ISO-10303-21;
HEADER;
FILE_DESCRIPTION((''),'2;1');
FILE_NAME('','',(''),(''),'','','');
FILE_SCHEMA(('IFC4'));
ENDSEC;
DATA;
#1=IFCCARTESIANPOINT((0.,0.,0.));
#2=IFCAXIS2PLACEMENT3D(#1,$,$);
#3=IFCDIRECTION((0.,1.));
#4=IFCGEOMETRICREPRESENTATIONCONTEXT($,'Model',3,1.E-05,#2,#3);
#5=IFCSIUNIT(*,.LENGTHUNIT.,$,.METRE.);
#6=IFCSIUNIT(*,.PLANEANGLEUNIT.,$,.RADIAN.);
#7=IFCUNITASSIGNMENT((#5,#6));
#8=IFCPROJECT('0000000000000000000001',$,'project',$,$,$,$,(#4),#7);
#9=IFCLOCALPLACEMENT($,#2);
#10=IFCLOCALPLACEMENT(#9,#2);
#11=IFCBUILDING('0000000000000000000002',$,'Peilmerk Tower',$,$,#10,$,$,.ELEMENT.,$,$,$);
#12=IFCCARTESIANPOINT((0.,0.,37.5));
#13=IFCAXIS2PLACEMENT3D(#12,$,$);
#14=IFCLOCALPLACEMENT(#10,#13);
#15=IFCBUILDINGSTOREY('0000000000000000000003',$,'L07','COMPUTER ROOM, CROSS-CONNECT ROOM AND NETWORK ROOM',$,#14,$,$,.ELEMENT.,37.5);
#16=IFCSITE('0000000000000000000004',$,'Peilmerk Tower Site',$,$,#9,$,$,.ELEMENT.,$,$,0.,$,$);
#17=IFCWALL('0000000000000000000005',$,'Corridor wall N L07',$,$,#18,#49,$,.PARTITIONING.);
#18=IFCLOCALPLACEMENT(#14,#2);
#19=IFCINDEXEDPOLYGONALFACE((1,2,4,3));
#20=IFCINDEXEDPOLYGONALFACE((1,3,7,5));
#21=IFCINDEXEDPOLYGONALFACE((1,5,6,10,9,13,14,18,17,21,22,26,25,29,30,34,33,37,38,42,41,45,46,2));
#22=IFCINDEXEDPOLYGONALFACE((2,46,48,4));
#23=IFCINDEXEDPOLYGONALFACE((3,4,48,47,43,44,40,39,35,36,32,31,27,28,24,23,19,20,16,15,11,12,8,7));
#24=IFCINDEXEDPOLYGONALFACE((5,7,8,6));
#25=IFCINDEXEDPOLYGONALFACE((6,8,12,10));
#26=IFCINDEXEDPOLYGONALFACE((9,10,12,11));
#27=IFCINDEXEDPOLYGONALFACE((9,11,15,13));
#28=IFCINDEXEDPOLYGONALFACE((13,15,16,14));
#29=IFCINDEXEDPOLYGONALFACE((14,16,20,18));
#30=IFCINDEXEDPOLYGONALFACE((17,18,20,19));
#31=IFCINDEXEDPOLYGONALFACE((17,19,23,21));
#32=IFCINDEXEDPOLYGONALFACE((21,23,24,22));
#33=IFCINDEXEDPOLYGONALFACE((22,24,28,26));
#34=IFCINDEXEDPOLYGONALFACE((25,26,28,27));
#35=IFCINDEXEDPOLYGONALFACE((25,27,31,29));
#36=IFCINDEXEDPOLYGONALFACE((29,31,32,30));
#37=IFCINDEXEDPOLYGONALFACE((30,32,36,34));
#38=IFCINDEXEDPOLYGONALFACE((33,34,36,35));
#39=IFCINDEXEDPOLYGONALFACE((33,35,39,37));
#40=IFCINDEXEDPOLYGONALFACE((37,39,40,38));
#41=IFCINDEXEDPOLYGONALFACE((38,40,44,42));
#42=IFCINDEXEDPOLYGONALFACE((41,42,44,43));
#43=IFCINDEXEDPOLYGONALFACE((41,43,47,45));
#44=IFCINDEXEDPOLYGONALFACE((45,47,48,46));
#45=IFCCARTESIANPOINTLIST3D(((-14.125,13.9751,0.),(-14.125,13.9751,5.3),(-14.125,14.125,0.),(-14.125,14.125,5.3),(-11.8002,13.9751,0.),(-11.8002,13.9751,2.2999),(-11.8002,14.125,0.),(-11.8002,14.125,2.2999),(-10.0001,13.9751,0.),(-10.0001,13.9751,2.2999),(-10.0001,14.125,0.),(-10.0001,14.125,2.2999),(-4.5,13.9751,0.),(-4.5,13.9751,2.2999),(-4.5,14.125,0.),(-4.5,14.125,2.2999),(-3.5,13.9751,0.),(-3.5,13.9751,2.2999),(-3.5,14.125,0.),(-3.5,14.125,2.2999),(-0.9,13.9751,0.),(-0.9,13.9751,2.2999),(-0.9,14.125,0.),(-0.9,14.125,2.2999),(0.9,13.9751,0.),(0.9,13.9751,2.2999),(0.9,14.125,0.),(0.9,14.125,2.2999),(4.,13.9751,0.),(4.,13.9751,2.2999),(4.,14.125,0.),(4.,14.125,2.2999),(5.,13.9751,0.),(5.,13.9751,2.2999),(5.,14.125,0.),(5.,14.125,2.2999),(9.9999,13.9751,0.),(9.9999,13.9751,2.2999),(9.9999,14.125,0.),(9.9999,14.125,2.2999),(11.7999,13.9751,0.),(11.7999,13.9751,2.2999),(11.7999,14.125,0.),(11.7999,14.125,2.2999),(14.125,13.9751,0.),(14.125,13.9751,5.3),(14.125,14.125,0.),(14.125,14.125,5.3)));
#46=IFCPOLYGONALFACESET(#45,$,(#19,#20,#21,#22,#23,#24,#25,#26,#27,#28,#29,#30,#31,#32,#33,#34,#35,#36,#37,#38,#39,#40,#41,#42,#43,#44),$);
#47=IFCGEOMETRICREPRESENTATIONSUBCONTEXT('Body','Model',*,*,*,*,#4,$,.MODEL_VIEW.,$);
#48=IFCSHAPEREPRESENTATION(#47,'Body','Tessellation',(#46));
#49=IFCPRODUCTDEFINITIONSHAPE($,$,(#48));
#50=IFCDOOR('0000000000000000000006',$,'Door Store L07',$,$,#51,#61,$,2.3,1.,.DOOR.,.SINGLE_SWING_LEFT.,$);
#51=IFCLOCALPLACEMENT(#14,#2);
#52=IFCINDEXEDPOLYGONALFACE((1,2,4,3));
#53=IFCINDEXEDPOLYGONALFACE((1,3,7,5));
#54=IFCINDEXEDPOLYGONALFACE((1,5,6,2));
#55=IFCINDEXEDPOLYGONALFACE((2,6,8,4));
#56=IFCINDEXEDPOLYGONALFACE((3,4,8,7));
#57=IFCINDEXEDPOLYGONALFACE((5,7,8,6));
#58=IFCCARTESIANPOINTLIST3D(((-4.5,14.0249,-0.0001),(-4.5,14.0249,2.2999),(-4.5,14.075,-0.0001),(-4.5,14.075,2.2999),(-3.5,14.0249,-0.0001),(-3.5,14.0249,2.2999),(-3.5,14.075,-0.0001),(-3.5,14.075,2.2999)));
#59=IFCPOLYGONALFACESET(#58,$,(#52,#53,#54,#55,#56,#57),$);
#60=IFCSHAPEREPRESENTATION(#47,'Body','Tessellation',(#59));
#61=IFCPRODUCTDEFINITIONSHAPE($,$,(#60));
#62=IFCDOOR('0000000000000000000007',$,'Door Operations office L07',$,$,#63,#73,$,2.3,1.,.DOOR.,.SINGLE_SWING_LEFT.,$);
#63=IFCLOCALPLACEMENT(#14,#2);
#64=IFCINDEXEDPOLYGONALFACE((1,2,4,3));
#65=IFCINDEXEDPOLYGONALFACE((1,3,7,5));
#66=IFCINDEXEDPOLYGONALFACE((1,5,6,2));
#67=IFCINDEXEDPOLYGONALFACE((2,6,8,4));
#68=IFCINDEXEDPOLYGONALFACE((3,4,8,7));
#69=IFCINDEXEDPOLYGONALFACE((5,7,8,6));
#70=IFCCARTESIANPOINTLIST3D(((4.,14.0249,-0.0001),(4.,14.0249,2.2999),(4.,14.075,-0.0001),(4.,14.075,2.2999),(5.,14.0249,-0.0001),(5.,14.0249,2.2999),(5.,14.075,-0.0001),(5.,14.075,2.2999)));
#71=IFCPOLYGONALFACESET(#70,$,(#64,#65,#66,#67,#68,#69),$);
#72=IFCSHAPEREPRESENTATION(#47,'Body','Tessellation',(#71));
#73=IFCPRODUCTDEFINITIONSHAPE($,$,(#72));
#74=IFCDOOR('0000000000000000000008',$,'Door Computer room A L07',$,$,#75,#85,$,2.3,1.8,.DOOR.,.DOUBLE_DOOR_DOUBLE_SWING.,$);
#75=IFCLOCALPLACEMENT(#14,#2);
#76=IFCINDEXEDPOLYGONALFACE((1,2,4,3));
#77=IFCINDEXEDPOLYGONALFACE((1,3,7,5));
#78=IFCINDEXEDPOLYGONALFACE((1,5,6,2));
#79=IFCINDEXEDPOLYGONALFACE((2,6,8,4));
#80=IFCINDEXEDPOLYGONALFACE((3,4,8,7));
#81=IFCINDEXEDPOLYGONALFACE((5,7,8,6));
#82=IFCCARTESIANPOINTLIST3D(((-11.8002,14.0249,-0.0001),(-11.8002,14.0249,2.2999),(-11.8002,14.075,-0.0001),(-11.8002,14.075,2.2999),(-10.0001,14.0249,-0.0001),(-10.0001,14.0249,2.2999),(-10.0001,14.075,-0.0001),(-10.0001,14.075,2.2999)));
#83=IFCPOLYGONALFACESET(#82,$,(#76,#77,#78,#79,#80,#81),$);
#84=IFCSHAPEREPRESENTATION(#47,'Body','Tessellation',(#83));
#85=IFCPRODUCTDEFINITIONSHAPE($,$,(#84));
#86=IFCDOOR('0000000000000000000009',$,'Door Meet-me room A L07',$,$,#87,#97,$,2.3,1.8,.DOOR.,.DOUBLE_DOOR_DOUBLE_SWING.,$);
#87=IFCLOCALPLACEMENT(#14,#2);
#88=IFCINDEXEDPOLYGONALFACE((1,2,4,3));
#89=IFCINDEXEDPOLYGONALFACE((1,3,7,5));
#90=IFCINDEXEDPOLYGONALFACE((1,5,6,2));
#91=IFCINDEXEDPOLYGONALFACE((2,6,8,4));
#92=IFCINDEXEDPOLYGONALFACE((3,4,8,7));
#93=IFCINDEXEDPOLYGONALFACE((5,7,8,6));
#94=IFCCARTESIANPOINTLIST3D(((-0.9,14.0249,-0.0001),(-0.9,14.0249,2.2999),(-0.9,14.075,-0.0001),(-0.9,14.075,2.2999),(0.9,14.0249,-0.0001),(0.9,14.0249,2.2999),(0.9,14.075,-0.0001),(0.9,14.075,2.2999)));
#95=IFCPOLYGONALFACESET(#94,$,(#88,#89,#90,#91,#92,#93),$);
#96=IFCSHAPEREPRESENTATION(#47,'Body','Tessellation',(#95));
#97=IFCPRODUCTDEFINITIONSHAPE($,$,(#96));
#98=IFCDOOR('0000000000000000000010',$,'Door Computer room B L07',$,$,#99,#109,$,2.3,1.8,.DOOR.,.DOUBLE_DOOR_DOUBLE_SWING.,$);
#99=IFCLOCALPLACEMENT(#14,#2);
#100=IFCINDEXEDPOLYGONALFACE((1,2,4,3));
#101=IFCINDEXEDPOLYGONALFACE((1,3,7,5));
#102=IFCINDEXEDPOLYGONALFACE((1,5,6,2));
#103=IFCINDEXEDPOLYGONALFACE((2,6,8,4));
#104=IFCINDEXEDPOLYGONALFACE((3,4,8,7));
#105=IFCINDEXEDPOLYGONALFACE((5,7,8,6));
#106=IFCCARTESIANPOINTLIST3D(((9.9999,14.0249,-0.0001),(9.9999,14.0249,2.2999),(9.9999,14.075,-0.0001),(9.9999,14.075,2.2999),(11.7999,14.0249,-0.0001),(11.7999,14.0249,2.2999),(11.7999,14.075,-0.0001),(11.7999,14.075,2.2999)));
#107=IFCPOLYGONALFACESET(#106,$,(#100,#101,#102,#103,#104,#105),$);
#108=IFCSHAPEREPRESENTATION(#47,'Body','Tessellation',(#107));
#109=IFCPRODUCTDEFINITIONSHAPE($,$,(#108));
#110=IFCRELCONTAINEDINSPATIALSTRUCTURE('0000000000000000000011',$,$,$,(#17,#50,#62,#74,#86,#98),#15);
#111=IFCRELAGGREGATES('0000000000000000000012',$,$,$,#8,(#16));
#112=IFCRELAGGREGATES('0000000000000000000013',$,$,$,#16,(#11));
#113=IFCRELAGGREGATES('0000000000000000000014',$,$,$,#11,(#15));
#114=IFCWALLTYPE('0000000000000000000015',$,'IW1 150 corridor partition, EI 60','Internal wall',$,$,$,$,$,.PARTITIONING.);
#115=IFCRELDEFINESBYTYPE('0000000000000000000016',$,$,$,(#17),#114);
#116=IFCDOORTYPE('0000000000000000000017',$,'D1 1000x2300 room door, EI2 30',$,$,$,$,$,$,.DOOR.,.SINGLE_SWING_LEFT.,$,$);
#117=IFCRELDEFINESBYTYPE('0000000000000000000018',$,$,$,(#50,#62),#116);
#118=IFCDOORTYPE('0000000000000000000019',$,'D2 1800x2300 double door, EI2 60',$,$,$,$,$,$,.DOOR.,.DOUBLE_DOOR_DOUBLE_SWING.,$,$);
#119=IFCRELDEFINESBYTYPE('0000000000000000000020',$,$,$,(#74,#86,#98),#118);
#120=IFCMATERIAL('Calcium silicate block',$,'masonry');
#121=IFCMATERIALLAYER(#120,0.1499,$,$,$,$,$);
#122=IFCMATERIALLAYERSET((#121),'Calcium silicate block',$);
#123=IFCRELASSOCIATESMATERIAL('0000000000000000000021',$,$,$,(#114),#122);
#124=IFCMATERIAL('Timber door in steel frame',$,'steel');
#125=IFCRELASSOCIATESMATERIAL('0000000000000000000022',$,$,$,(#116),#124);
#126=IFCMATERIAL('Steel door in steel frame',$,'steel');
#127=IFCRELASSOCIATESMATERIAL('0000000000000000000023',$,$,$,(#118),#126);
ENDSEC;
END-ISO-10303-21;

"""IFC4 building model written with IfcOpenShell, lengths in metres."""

from ifc_helpers import new_model, si_unit, direction, frame, frame_2d, origin, place, context, subcontext, project, spatial, rectangle, extrude, material, layer, layer_set, type_object, element, fill, save


model = new_model("IFC4")

# Units and contexts
model_context = context("Model", 3, precision=1e-05, world=origin(), true_north=direction((0.0, 1.0)))
body_context = subcontext(model_context, "Body", "Model", "MODEL_VIEW")
ifc_project = project(units=[si_unit("LENGTHUNIT", "METRE"), si_unit("PLANEANGLEUNIT", "RADIAN")], contexts=[model_context])

# Site, building, storey
site_placement = place(None, origin())
site = spatial("IfcSite", under=ifc_project, at=site_placement, Name="Peilmerk Tower Site", CompositionType="ELEMENT", RefElevation=0.0)
building_placement = place(site_placement, origin())
building = spatial("IfcBuilding", under=site, at=building_placement, Name="Peilmerk Tower", CompositionType="ELEMENT")
storey_placement = place(building_placement, frame((0.0, 0.0, 37.5)))
storey = spatial("IfcBuildingStorey", under=building, at=storey_placement, Name="L07", Description="COMPUTER ROOM, CROSS-CONNECT ROOM AND NETWORK ROOM", CompositionType="ELEMENT", Elevation=37.5)

# Wall, openings, doors
ifc_material_1 = material(Name="Calcium silicate block", Category="masonry")
ifc_layer_1 = layer(ifc_material_1, 0.1499)
ifc_layer_set_1 = layer_set([ifc_layer_1], Name="Calcium silicate block")
wall_type_1 = type_object("IfcWallType", Name="IW1 150 corridor partition, EI 60", Description="Internal wall", PredefinedType="PARTITIONING", material=ifc_layer_set_1)
wall_1_placement = place(storey_placement, frame((-14.125, 14.05, 0.0), z_axis=(0.0, 0.0, 1.0), x_axis=(1.0, 0.0, 0.0)))
wall_1 = element("IfcWall", 1, at=wall_1_placement, inside=storey, type_object=wall_type_1, Name="Corridor wall N L07", PredefinedType="PARTITIONING", context=body_context, shape_type="SweptSolid", body=[
    extrude(rectangle(XDim=28.25, YDim=0.1499, at=frame_2d((14.125, 0.0))), origin(), (0.0, 0.0, 1.0), 5.3),
])
opening_1_placement = place(wall_1_placement, frame((2.325, 0.0, 0.0)))
opening_1 = element("IfcOpeningElement", 2, at=opening_1_placement, cuts=wall_1, PredefinedType="OPENING", context=body_context, shape_type="SweptSolid", body=[
    extrude(rectangle(XDim=1.8, YDim=2.3, at=frame_2d((0.8999, 1.1499))), frame((0.0, 0.085, 0.0), z_axis=(0.0, -1.0, 0.0), x_axis=(1.0, 0.0, 0.0)), (0.0, 0.0, 1.0), 0.1699),
])
opening_2_placement = place(wall_1_placement, frame((13.2251, 0.0, 0.0)))
opening_2 = element("IfcOpeningElement", 3, at=opening_2_placement, cuts=wall_1, PredefinedType="OPENING", context=body_context, shape_type="SweptSolid", body=[
    extrude(rectangle(XDim=1.8, YDim=2.3, at=frame_2d((0.8999, 1.1499))), frame((0.0, 0.085, 0.0), z_axis=(0.0, -1.0, 0.0), x_axis=(1.0, 0.0, 0.0)), (0.0, 0.0, 1.0), 0.1699),
])
opening_3_placement = place(wall_1_placement, frame((24.125, 0.0, 0.0)))
opening_3 = element("IfcOpeningElement", 4, at=opening_3_placement, cuts=wall_1, PredefinedType="OPENING", context=body_context, shape_type="SweptSolid", body=[
    extrude(rectangle(XDim=1.8, YDim=2.3, at=frame_2d((0.8999, 1.1499))), frame((0.0, 0.085, 0.0), z_axis=(0.0, -1.0, 0.0), x_axis=(1.0, 0.0, 0.0)), (0.0, 0.0, 1.0), 0.1699),
])
opening_4_placement = place(wall_1_placement, frame((9.625, 0.0, 0.0)))
opening_4 = element("IfcOpeningElement", 5, at=opening_4_placement, cuts=wall_1, PredefinedType="OPENING", context=body_context, shape_type="SweptSolid", body=[
    extrude(rectangle(XDim=1.0, YDim=2.3, at=frame_2d((0.5, 1.1499))), frame((0.0, 0.085, 0.0), z_axis=(0.0, -1.0, 0.0), x_axis=(1.0, 0.0, 0.0)), (0.0, 0.0, 1.0), 0.1699),
])
opening_5_placement = place(wall_1_placement, frame((18.125, 0.0, 0.0)))
opening_5 = element("IfcOpeningElement", 6, at=opening_5_placement, cuts=wall_1, PredefinedType="OPENING", context=body_context, shape_type="SweptSolid", body=[
    extrude(rectangle(XDim=1.0, YDim=2.3, at=frame_2d((0.5, 1.1499))), frame((0.0, 0.085, 0.0), z_axis=(0.0, -1.0, 0.0), x_axis=(1.0, 0.0, 0.0)), (0.0, 0.0, 1.0), 0.1699),
])
ifc_material_2 = material(Name="Timber door in steel frame", Category="steel")
door_type_1 = type_object("IfcDoorType", Name="D1 1000x2300 room door, EI2 30", OperationType="SINGLE_SWING_LEFT", PredefinedType="DOOR", material=ifc_material_2)
door_1_placement = place(opening_4_placement, origin())
door_1 = element("IfcDoor", 7, at=door_1_placement, inside=storey, type_object=door_type_1, Name="Door Store L07", OperationType="SINGLE_SWING_LEFT", OverallHeight=2.3, OverallWidth=1.0, PredefinedType="DOOR", context=body_context, shape_type="SweptSolid", body=[
    extrude(rectangle(XDim=1.0, YDim=2.3, at=frame_2d((0.5, 1.1499))), frame((0.0, 0.0249, 0.0), z_axis=(0.0, -1.0, 0.0), x_axis=(1.0, 0.0, 0.0)), (0.0, 0.0, 1.0), 0.05),
])
fill(opening_4, door_1)
door_2_placement = place(opening_5_placement, origin())
door_2 = element("IfcDoor", 8, at=door_2_placement, inside=storey, type_object=door_type_1, Name="Door Operations office L07", OperationType="SINGLE_SWING_LEFT", OverallHeight=2.3, OverallWidth=1.0, PredefinedType="DOOR", context=body_context, shape_type="SweptSolid", body=[
    extrude(rectangle(XDim=1.0, YDim=2.3, at=frame_2d((0.5, 1.1499))), frame((0.0, 0.0249, 0.0), z_axis=(0.0, -1.0, 0.0), x_axis=(1.0, 0.0, 0.0)), (0.0, 0.0, 1.0), 0.05),
])
fill(opening_5, door_2)
ifc_material_3 = material(Name="Steel door in steel frame", Category="steel")
door_type_2 = type_object("IfcDoorType", Name="D2 1800x2300 double door, EI2 60", OperationType="DOUBLE_DOOR_DOUBLE_SWING", PredefinedType="DOOR", material=ifc_material_3)
door_3_placement = place(opening_1_placement, origin())
door_3 = element("IfcDoor", 9, at=door_3_placement, inside=storey, type_object=door_type_2, Name="Door Computer room A L07", OperationType="DOUBLE_DOOR_DOUBLE_SWING", OverallHeight=2.3, OverallWidth=1.8, PredefinedType="DOOR", context=body_context, shape_type="SweptSolid", body=[
    extrude(rectangle(XDim=1.8, YDim=2.3, at=frame_2d((0.8999, 1.1499))), frame((0.0, 0.0249, 0.0), z_axis=(0.0, -1.0, 0.0), x_axis=(1.0, 0.0, 0.0)), (0.0, 0.0, 1.0), 0.05),
])
fill(opening_1, door_3)
door_4_placement = place(opening_2_placement, origin())
door_4 = element("IfcDoor", 10, at=door_4_placement, inside=storey, type_object=door_type_2, Name="Door Meet-me room A L07", OperationType="DOUBLE_DOOR_DOUBLE_SWING", OverallHeight=2.3, OverallWidth=1.8, PredefinedType="DOOR", context=body_context, shape_type="SweptSolid", body=[
    extrude(rectangle(XDim=1.8, YDim=2.3, at=frame_2d((0.8999, 1.1499))), frame((0.0, 0.0249, 0.0), z_axis=(0.0, -1.0, 0.0), x_axis=(1.0, 0.0, 0.0)), (0.0, 0.0, 1.0), 0.05),
])
fill(opening_2, door_4)
door_5_placement = place(opening_3_placement, origin())
door_5 = element("IfcDoor", 11, at=door_5_placement, inside=storey, type_object=door_type_2, Name="Door Computer room B L07", OperationType="DOUBLE_DOOR_DOUBLE_SWING", OverallHeight=2.3, OverallWidth=1.8, PredefinedType="DOOR", context=body_context, shape_type="SweptSolid", body=[
    extrude(rectangle(XDim=1.8, YDim=2.3, at=frame_2d((0.8999, 1.1499))), frame((0.0, 0.0249, 0.0), z_axis=(0.0, -1.0, 0.0), x_axis=(1.0, 0.0, 0.0)), (0.0, 0.0, 1.0), 0.05),
])
fill(opening_3, door_5)

save(model, "model.ifc")
